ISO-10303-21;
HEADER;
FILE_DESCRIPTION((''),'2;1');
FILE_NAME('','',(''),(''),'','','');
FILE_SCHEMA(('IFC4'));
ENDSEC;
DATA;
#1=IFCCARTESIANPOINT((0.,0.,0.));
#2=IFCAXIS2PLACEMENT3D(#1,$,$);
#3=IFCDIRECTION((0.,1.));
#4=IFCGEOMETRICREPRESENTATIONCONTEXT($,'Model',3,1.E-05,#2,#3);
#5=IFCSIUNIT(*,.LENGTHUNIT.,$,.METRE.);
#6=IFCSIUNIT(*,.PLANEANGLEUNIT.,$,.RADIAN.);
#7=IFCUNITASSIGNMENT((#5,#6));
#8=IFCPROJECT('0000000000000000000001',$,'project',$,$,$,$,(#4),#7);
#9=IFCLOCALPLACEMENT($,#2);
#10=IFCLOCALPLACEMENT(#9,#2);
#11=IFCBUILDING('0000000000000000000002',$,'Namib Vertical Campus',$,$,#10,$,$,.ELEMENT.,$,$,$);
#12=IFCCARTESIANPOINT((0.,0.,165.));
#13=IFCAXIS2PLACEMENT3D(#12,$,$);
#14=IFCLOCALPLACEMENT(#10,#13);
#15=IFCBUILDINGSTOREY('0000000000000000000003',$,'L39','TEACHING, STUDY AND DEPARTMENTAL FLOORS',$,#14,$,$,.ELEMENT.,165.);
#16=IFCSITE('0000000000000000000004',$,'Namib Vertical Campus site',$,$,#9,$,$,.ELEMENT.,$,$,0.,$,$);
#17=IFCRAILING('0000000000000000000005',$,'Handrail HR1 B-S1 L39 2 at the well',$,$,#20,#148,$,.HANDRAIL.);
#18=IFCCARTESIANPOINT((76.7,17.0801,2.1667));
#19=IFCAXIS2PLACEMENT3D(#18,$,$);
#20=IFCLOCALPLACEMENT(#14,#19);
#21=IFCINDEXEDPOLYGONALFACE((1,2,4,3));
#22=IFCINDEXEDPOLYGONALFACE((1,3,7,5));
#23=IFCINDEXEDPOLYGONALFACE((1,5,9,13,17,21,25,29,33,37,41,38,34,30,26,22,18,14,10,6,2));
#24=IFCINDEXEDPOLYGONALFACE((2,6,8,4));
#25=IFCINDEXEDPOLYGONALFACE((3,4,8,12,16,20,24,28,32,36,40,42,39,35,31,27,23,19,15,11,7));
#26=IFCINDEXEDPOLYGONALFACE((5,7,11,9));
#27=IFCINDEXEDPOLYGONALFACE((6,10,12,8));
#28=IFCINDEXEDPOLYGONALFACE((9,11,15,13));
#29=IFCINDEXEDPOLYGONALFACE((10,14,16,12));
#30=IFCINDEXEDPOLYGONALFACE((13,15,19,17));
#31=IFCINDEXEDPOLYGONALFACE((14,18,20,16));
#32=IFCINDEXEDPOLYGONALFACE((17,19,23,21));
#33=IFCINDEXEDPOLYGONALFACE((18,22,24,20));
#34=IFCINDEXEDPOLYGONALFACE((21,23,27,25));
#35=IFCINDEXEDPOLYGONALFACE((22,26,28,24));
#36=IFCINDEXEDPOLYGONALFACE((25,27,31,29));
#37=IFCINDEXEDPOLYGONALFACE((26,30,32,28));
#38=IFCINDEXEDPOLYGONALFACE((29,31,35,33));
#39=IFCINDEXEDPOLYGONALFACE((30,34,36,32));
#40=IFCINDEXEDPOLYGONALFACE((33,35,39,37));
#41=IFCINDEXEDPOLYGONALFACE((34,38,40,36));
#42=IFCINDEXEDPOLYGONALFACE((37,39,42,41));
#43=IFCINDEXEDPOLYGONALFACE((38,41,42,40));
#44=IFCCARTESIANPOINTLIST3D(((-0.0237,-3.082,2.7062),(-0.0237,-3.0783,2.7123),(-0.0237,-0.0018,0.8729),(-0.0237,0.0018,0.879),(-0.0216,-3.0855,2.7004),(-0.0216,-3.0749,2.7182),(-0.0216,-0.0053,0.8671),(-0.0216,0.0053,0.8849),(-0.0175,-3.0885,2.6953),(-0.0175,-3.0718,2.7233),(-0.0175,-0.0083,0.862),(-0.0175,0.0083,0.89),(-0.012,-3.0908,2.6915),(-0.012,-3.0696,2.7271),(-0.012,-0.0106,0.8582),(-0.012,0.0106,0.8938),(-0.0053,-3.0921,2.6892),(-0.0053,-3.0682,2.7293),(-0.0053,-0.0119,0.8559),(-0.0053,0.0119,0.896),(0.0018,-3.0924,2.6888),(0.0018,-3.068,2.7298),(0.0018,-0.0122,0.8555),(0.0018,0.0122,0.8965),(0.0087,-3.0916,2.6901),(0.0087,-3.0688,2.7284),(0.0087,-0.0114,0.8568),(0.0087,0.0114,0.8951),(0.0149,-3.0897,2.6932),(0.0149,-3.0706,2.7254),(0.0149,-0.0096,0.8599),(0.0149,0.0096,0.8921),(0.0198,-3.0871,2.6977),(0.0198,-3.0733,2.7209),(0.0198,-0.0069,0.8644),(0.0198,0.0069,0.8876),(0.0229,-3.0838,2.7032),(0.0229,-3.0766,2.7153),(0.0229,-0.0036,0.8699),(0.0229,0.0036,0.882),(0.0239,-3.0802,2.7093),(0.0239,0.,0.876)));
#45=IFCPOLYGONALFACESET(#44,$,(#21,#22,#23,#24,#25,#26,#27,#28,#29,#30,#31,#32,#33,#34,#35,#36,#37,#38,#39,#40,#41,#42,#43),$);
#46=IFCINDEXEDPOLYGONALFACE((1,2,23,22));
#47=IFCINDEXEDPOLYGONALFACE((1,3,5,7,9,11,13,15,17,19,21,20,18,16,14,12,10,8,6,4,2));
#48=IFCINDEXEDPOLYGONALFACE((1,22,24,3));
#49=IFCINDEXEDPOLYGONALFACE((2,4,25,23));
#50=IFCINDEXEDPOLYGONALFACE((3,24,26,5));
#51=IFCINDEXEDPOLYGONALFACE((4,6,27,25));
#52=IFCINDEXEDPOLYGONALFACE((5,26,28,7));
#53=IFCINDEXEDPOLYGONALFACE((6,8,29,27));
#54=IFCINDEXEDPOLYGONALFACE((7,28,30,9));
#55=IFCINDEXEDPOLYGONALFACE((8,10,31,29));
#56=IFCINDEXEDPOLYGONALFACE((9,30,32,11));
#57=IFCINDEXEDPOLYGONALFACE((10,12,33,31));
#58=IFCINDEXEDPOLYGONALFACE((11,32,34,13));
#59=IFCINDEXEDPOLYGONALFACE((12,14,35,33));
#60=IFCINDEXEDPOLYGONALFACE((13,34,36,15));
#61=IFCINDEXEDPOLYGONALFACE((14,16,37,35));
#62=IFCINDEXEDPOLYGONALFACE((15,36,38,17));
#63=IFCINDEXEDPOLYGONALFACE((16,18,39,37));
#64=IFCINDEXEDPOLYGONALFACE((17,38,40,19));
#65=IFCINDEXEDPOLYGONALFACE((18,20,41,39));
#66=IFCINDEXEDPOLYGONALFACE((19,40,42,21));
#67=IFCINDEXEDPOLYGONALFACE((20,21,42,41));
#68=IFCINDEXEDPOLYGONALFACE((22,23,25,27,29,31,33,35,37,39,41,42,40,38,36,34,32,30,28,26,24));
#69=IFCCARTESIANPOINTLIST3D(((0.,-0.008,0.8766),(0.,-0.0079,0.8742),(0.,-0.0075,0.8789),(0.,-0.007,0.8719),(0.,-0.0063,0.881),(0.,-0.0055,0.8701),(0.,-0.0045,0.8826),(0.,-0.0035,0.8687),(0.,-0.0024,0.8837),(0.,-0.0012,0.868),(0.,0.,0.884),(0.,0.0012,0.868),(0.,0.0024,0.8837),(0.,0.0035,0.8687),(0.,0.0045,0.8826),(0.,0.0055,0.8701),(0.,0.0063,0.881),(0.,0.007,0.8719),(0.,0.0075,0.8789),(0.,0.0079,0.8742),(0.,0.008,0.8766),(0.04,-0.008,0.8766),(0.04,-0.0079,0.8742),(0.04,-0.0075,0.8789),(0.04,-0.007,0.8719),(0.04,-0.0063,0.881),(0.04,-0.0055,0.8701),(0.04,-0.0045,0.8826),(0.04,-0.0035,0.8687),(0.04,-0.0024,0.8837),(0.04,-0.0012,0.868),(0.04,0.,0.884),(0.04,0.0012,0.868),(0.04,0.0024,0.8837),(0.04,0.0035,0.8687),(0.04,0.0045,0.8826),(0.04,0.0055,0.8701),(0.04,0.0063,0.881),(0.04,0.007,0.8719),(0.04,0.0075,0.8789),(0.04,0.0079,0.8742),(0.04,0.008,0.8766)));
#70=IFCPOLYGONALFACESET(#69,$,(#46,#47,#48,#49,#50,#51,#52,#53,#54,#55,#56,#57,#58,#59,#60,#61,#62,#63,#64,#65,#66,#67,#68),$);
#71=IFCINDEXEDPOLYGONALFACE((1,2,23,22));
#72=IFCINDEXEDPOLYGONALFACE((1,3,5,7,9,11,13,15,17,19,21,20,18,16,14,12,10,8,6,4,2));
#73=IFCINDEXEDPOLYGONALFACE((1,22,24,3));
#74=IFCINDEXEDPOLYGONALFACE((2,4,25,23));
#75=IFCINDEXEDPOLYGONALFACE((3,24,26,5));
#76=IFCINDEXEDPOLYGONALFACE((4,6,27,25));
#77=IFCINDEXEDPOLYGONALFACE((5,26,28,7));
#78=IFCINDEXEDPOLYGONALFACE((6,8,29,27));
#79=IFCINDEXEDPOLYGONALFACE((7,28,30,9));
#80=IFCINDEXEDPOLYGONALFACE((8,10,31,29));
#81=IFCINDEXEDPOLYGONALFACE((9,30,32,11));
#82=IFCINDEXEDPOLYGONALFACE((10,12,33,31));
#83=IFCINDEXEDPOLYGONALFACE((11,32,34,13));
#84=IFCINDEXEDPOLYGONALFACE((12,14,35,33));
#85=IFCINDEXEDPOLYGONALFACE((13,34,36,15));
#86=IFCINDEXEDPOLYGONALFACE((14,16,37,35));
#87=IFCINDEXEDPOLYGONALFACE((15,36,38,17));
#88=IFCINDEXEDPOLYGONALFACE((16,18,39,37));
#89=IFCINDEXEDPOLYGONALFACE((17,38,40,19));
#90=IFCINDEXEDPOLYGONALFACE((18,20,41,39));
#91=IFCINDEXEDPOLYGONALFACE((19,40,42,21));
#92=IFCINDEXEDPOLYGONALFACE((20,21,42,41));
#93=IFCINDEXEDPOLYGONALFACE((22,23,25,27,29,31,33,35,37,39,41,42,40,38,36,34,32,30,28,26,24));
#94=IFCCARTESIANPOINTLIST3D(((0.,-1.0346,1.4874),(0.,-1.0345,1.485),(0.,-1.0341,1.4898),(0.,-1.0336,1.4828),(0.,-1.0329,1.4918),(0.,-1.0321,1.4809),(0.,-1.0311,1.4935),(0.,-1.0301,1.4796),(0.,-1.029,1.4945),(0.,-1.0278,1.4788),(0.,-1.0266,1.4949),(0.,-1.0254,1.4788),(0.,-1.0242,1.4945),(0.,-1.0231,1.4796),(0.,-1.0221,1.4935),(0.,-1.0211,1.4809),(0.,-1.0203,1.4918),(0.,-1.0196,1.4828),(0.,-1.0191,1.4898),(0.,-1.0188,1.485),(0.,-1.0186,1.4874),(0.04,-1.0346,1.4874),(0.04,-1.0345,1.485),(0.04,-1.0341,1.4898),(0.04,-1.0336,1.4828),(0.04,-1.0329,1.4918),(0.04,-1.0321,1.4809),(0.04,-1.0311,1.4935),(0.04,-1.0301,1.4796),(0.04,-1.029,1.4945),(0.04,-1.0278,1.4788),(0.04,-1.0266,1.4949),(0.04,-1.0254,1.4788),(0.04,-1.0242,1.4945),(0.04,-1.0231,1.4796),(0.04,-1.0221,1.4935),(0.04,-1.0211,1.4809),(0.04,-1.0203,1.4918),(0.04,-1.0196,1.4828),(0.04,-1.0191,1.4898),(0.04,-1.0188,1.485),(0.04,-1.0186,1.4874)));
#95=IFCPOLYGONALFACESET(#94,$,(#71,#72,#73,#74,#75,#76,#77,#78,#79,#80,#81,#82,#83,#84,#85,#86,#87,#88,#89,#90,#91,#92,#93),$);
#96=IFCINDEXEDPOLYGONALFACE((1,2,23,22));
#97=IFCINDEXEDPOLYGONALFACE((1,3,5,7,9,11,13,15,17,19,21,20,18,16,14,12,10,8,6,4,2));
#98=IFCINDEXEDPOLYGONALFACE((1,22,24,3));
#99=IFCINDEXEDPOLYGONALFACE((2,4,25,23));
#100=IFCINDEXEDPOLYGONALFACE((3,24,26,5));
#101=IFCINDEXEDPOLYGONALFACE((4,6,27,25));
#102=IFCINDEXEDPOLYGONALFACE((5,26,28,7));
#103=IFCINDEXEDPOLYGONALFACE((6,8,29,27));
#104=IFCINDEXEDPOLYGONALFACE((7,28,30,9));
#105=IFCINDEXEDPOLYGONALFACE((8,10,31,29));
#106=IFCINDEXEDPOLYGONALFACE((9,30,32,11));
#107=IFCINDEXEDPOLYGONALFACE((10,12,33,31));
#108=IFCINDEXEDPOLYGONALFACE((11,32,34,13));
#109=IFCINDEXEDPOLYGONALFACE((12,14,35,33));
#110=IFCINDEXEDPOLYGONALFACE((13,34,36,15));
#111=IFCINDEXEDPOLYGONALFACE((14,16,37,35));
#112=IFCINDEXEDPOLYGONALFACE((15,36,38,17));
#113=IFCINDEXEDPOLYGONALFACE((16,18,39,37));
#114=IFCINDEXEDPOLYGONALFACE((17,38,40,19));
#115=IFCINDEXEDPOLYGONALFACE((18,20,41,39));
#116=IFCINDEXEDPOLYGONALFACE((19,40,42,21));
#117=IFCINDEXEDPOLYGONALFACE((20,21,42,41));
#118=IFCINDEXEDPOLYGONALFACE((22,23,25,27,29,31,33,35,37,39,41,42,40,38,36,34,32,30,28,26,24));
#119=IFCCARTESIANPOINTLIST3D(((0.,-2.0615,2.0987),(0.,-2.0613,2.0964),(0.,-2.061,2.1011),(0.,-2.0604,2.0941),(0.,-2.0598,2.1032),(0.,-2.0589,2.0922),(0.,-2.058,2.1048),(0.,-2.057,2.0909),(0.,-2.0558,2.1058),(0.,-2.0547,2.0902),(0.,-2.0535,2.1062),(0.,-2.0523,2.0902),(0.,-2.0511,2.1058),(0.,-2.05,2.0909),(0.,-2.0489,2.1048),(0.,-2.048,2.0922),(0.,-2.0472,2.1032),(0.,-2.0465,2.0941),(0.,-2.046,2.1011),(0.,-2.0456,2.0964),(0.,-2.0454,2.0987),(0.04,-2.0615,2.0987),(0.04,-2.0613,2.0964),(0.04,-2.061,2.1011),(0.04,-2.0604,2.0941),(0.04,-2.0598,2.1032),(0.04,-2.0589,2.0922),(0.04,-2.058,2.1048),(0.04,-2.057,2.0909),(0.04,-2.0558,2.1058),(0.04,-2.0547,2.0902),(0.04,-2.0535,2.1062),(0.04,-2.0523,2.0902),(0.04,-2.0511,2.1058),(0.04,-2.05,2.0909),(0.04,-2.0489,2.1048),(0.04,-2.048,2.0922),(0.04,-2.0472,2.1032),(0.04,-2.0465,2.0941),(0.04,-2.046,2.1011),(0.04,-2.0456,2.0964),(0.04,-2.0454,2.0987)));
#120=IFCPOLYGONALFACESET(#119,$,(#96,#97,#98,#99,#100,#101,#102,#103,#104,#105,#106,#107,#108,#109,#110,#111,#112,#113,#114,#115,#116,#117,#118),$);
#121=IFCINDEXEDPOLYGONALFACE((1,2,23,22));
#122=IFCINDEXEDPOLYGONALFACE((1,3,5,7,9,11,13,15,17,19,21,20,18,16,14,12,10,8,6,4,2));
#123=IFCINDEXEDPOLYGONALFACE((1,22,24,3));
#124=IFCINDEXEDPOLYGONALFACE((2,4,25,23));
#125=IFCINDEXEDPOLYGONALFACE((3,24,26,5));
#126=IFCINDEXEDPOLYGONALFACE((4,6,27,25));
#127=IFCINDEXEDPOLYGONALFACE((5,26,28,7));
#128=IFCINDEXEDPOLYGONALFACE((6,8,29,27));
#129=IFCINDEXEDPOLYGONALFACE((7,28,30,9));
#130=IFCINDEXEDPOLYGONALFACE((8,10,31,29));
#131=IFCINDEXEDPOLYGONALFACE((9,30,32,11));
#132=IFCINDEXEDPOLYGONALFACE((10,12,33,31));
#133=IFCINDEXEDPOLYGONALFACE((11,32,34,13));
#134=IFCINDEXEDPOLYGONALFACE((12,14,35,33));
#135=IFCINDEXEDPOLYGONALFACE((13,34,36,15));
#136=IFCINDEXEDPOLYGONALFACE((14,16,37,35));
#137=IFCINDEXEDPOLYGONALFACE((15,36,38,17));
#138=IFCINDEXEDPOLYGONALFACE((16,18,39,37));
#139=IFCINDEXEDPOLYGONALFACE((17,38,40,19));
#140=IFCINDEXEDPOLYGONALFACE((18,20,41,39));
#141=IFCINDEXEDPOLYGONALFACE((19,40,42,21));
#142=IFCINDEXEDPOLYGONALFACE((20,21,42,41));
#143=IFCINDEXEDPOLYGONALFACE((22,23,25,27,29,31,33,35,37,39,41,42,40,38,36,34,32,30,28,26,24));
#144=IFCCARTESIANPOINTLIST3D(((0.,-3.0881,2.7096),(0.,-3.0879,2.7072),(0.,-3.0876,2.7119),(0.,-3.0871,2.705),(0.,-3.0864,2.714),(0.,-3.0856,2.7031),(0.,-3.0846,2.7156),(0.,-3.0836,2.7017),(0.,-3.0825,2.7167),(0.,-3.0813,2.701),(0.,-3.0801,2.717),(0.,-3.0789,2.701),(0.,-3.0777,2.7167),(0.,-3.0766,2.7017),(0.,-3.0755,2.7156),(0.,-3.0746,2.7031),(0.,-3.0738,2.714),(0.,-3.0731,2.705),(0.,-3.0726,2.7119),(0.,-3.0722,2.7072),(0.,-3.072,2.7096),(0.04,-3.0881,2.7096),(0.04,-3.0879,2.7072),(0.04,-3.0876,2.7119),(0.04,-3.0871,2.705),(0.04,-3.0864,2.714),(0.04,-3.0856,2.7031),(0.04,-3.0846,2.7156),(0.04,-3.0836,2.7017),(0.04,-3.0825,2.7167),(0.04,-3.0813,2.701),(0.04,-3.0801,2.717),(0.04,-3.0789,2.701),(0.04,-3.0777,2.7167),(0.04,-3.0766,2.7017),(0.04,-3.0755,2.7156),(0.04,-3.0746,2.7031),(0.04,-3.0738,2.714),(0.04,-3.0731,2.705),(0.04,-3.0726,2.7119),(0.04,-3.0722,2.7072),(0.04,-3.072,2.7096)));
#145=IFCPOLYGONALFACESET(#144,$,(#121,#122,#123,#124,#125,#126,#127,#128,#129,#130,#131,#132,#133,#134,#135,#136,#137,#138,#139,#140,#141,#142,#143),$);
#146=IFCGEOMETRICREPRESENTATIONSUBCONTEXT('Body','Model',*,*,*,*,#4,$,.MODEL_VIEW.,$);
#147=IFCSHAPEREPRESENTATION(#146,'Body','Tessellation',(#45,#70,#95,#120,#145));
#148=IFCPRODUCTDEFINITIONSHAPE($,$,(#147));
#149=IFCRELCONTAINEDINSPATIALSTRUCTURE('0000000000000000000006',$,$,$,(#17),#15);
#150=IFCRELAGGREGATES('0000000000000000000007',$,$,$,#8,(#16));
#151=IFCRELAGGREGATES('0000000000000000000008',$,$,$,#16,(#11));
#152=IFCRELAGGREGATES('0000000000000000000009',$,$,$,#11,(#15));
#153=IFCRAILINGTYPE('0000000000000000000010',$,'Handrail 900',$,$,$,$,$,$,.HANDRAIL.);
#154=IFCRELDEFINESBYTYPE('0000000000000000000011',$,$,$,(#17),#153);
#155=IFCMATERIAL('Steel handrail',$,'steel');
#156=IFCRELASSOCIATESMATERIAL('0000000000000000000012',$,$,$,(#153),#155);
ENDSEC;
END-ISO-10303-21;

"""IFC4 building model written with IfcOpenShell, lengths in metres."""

from ifc_helpers import new_model, si_unit, direction, frame, origin, origin_2d, place, context, subcontext, project, spatial, circle, extrude, material, type_object, element, save


model = new_model("IFC4")

# Units and contexts
model_context = context("Model", 3, precision=1e-05, world=origin(), true_north=direction((0.0, 1.0)))
body_context = subcontext(model_context, "Body", "Model", "MODEL_VIEW")
ifc_project = project(units=[si_unit("LENGTHUNIT", "METRE"), si_unit("PLANEANGLEUNIT", "RADIAN")], contexts=[model_context])

# Site, building, storey
site_placement = place(None, origin())
site = spatial("IfcSite", under=ifc_project, at=site_placement, Name="Namib Vertical Campus site", CompositionType="ELEMENT", RefElevation=0.0)
building_placement = place(site_placement, origin())
building = spatial("IfcBuilding", under=site, at=building_placement, Name="Namib Vertical Campus", CompositionType="ELEMENT")
storey_placement = place(building_placement, frame((0.0, 0.0, 165.0)))
storey = spatial("IfcBuildingStorey", under=building, at=storey_placement, Name="L39", Description="TEACHING, STUDY AND DEPARTMENTAL FLOORS", CompositionType="ELEMENT", Elevation=165.0)

# Railing
ifc_material_1 = material(Name="Steel handrail", Category="steel")
railing_type_1 = type_object("IfcRailingType", Name="Handrail 900", PredefinedType="HANDRAIL", material=ifc_material_1)
railing_1_placement = place(storey_placement, frame((76.7, 17.0801, 2.1667)))
element("IfcRailing", 1, at=railing_1_placement, inside=storey, type_object=railing_type_1, Name="Handrail HR1 B-S1 L39 2 at the well", PredefinedType="HANDRAIL", context=body_context, shape_type="SweptSolid", body=[
    extrude(circle(Radius=0.0239, at=origin_2d()), frame((0.0, 0.0, 0.876), z_axis=(0.0, -0.859309, 0.511458), x_axis=(1.0, 0.0, 0.0)), (0.0, 0.0, 1.0), 3.5845),
    extrude(circle(Radius=0.0081, at=origin_2d()), frame((0.0, 0.0, 0.876), z_axis=(1.0, 0.0, 0.0), x_axis=(0.0, 0.0, 1.0)), (0.0, 0.0, 1.0), 0.04),
    extrude(circle(Radius=0.0081, at=origin_2d()), frame((0.0, -1.0266, 1.4868), z_axis=(1.0, 0.0, 0.0), x_axis=(0.0, 0.0, 1.0)), (0.0, 0.0, 1.0), 0.04),
    extrude(circle(Radius=0.0081, at=origin_2d()), frame((0.0, -2.0535, 2.0981), z_axis=(1.0, 0.0, 0.0), x_axis=(0.0, 0.0, 1.0)), (0.0, 0.0, 1.0), 0.04),
    extrude(circle(Radius=0.0081, at=origin_2d()), frame((0.0, -3.0801, 2.709), z_axis=(1.0, 0.0, 0.0), x_axis=(0.0, 0.0, 1.0)), (0.0, 0.0, 1.0), 0.04),
])

save(model, "model.ifc")
